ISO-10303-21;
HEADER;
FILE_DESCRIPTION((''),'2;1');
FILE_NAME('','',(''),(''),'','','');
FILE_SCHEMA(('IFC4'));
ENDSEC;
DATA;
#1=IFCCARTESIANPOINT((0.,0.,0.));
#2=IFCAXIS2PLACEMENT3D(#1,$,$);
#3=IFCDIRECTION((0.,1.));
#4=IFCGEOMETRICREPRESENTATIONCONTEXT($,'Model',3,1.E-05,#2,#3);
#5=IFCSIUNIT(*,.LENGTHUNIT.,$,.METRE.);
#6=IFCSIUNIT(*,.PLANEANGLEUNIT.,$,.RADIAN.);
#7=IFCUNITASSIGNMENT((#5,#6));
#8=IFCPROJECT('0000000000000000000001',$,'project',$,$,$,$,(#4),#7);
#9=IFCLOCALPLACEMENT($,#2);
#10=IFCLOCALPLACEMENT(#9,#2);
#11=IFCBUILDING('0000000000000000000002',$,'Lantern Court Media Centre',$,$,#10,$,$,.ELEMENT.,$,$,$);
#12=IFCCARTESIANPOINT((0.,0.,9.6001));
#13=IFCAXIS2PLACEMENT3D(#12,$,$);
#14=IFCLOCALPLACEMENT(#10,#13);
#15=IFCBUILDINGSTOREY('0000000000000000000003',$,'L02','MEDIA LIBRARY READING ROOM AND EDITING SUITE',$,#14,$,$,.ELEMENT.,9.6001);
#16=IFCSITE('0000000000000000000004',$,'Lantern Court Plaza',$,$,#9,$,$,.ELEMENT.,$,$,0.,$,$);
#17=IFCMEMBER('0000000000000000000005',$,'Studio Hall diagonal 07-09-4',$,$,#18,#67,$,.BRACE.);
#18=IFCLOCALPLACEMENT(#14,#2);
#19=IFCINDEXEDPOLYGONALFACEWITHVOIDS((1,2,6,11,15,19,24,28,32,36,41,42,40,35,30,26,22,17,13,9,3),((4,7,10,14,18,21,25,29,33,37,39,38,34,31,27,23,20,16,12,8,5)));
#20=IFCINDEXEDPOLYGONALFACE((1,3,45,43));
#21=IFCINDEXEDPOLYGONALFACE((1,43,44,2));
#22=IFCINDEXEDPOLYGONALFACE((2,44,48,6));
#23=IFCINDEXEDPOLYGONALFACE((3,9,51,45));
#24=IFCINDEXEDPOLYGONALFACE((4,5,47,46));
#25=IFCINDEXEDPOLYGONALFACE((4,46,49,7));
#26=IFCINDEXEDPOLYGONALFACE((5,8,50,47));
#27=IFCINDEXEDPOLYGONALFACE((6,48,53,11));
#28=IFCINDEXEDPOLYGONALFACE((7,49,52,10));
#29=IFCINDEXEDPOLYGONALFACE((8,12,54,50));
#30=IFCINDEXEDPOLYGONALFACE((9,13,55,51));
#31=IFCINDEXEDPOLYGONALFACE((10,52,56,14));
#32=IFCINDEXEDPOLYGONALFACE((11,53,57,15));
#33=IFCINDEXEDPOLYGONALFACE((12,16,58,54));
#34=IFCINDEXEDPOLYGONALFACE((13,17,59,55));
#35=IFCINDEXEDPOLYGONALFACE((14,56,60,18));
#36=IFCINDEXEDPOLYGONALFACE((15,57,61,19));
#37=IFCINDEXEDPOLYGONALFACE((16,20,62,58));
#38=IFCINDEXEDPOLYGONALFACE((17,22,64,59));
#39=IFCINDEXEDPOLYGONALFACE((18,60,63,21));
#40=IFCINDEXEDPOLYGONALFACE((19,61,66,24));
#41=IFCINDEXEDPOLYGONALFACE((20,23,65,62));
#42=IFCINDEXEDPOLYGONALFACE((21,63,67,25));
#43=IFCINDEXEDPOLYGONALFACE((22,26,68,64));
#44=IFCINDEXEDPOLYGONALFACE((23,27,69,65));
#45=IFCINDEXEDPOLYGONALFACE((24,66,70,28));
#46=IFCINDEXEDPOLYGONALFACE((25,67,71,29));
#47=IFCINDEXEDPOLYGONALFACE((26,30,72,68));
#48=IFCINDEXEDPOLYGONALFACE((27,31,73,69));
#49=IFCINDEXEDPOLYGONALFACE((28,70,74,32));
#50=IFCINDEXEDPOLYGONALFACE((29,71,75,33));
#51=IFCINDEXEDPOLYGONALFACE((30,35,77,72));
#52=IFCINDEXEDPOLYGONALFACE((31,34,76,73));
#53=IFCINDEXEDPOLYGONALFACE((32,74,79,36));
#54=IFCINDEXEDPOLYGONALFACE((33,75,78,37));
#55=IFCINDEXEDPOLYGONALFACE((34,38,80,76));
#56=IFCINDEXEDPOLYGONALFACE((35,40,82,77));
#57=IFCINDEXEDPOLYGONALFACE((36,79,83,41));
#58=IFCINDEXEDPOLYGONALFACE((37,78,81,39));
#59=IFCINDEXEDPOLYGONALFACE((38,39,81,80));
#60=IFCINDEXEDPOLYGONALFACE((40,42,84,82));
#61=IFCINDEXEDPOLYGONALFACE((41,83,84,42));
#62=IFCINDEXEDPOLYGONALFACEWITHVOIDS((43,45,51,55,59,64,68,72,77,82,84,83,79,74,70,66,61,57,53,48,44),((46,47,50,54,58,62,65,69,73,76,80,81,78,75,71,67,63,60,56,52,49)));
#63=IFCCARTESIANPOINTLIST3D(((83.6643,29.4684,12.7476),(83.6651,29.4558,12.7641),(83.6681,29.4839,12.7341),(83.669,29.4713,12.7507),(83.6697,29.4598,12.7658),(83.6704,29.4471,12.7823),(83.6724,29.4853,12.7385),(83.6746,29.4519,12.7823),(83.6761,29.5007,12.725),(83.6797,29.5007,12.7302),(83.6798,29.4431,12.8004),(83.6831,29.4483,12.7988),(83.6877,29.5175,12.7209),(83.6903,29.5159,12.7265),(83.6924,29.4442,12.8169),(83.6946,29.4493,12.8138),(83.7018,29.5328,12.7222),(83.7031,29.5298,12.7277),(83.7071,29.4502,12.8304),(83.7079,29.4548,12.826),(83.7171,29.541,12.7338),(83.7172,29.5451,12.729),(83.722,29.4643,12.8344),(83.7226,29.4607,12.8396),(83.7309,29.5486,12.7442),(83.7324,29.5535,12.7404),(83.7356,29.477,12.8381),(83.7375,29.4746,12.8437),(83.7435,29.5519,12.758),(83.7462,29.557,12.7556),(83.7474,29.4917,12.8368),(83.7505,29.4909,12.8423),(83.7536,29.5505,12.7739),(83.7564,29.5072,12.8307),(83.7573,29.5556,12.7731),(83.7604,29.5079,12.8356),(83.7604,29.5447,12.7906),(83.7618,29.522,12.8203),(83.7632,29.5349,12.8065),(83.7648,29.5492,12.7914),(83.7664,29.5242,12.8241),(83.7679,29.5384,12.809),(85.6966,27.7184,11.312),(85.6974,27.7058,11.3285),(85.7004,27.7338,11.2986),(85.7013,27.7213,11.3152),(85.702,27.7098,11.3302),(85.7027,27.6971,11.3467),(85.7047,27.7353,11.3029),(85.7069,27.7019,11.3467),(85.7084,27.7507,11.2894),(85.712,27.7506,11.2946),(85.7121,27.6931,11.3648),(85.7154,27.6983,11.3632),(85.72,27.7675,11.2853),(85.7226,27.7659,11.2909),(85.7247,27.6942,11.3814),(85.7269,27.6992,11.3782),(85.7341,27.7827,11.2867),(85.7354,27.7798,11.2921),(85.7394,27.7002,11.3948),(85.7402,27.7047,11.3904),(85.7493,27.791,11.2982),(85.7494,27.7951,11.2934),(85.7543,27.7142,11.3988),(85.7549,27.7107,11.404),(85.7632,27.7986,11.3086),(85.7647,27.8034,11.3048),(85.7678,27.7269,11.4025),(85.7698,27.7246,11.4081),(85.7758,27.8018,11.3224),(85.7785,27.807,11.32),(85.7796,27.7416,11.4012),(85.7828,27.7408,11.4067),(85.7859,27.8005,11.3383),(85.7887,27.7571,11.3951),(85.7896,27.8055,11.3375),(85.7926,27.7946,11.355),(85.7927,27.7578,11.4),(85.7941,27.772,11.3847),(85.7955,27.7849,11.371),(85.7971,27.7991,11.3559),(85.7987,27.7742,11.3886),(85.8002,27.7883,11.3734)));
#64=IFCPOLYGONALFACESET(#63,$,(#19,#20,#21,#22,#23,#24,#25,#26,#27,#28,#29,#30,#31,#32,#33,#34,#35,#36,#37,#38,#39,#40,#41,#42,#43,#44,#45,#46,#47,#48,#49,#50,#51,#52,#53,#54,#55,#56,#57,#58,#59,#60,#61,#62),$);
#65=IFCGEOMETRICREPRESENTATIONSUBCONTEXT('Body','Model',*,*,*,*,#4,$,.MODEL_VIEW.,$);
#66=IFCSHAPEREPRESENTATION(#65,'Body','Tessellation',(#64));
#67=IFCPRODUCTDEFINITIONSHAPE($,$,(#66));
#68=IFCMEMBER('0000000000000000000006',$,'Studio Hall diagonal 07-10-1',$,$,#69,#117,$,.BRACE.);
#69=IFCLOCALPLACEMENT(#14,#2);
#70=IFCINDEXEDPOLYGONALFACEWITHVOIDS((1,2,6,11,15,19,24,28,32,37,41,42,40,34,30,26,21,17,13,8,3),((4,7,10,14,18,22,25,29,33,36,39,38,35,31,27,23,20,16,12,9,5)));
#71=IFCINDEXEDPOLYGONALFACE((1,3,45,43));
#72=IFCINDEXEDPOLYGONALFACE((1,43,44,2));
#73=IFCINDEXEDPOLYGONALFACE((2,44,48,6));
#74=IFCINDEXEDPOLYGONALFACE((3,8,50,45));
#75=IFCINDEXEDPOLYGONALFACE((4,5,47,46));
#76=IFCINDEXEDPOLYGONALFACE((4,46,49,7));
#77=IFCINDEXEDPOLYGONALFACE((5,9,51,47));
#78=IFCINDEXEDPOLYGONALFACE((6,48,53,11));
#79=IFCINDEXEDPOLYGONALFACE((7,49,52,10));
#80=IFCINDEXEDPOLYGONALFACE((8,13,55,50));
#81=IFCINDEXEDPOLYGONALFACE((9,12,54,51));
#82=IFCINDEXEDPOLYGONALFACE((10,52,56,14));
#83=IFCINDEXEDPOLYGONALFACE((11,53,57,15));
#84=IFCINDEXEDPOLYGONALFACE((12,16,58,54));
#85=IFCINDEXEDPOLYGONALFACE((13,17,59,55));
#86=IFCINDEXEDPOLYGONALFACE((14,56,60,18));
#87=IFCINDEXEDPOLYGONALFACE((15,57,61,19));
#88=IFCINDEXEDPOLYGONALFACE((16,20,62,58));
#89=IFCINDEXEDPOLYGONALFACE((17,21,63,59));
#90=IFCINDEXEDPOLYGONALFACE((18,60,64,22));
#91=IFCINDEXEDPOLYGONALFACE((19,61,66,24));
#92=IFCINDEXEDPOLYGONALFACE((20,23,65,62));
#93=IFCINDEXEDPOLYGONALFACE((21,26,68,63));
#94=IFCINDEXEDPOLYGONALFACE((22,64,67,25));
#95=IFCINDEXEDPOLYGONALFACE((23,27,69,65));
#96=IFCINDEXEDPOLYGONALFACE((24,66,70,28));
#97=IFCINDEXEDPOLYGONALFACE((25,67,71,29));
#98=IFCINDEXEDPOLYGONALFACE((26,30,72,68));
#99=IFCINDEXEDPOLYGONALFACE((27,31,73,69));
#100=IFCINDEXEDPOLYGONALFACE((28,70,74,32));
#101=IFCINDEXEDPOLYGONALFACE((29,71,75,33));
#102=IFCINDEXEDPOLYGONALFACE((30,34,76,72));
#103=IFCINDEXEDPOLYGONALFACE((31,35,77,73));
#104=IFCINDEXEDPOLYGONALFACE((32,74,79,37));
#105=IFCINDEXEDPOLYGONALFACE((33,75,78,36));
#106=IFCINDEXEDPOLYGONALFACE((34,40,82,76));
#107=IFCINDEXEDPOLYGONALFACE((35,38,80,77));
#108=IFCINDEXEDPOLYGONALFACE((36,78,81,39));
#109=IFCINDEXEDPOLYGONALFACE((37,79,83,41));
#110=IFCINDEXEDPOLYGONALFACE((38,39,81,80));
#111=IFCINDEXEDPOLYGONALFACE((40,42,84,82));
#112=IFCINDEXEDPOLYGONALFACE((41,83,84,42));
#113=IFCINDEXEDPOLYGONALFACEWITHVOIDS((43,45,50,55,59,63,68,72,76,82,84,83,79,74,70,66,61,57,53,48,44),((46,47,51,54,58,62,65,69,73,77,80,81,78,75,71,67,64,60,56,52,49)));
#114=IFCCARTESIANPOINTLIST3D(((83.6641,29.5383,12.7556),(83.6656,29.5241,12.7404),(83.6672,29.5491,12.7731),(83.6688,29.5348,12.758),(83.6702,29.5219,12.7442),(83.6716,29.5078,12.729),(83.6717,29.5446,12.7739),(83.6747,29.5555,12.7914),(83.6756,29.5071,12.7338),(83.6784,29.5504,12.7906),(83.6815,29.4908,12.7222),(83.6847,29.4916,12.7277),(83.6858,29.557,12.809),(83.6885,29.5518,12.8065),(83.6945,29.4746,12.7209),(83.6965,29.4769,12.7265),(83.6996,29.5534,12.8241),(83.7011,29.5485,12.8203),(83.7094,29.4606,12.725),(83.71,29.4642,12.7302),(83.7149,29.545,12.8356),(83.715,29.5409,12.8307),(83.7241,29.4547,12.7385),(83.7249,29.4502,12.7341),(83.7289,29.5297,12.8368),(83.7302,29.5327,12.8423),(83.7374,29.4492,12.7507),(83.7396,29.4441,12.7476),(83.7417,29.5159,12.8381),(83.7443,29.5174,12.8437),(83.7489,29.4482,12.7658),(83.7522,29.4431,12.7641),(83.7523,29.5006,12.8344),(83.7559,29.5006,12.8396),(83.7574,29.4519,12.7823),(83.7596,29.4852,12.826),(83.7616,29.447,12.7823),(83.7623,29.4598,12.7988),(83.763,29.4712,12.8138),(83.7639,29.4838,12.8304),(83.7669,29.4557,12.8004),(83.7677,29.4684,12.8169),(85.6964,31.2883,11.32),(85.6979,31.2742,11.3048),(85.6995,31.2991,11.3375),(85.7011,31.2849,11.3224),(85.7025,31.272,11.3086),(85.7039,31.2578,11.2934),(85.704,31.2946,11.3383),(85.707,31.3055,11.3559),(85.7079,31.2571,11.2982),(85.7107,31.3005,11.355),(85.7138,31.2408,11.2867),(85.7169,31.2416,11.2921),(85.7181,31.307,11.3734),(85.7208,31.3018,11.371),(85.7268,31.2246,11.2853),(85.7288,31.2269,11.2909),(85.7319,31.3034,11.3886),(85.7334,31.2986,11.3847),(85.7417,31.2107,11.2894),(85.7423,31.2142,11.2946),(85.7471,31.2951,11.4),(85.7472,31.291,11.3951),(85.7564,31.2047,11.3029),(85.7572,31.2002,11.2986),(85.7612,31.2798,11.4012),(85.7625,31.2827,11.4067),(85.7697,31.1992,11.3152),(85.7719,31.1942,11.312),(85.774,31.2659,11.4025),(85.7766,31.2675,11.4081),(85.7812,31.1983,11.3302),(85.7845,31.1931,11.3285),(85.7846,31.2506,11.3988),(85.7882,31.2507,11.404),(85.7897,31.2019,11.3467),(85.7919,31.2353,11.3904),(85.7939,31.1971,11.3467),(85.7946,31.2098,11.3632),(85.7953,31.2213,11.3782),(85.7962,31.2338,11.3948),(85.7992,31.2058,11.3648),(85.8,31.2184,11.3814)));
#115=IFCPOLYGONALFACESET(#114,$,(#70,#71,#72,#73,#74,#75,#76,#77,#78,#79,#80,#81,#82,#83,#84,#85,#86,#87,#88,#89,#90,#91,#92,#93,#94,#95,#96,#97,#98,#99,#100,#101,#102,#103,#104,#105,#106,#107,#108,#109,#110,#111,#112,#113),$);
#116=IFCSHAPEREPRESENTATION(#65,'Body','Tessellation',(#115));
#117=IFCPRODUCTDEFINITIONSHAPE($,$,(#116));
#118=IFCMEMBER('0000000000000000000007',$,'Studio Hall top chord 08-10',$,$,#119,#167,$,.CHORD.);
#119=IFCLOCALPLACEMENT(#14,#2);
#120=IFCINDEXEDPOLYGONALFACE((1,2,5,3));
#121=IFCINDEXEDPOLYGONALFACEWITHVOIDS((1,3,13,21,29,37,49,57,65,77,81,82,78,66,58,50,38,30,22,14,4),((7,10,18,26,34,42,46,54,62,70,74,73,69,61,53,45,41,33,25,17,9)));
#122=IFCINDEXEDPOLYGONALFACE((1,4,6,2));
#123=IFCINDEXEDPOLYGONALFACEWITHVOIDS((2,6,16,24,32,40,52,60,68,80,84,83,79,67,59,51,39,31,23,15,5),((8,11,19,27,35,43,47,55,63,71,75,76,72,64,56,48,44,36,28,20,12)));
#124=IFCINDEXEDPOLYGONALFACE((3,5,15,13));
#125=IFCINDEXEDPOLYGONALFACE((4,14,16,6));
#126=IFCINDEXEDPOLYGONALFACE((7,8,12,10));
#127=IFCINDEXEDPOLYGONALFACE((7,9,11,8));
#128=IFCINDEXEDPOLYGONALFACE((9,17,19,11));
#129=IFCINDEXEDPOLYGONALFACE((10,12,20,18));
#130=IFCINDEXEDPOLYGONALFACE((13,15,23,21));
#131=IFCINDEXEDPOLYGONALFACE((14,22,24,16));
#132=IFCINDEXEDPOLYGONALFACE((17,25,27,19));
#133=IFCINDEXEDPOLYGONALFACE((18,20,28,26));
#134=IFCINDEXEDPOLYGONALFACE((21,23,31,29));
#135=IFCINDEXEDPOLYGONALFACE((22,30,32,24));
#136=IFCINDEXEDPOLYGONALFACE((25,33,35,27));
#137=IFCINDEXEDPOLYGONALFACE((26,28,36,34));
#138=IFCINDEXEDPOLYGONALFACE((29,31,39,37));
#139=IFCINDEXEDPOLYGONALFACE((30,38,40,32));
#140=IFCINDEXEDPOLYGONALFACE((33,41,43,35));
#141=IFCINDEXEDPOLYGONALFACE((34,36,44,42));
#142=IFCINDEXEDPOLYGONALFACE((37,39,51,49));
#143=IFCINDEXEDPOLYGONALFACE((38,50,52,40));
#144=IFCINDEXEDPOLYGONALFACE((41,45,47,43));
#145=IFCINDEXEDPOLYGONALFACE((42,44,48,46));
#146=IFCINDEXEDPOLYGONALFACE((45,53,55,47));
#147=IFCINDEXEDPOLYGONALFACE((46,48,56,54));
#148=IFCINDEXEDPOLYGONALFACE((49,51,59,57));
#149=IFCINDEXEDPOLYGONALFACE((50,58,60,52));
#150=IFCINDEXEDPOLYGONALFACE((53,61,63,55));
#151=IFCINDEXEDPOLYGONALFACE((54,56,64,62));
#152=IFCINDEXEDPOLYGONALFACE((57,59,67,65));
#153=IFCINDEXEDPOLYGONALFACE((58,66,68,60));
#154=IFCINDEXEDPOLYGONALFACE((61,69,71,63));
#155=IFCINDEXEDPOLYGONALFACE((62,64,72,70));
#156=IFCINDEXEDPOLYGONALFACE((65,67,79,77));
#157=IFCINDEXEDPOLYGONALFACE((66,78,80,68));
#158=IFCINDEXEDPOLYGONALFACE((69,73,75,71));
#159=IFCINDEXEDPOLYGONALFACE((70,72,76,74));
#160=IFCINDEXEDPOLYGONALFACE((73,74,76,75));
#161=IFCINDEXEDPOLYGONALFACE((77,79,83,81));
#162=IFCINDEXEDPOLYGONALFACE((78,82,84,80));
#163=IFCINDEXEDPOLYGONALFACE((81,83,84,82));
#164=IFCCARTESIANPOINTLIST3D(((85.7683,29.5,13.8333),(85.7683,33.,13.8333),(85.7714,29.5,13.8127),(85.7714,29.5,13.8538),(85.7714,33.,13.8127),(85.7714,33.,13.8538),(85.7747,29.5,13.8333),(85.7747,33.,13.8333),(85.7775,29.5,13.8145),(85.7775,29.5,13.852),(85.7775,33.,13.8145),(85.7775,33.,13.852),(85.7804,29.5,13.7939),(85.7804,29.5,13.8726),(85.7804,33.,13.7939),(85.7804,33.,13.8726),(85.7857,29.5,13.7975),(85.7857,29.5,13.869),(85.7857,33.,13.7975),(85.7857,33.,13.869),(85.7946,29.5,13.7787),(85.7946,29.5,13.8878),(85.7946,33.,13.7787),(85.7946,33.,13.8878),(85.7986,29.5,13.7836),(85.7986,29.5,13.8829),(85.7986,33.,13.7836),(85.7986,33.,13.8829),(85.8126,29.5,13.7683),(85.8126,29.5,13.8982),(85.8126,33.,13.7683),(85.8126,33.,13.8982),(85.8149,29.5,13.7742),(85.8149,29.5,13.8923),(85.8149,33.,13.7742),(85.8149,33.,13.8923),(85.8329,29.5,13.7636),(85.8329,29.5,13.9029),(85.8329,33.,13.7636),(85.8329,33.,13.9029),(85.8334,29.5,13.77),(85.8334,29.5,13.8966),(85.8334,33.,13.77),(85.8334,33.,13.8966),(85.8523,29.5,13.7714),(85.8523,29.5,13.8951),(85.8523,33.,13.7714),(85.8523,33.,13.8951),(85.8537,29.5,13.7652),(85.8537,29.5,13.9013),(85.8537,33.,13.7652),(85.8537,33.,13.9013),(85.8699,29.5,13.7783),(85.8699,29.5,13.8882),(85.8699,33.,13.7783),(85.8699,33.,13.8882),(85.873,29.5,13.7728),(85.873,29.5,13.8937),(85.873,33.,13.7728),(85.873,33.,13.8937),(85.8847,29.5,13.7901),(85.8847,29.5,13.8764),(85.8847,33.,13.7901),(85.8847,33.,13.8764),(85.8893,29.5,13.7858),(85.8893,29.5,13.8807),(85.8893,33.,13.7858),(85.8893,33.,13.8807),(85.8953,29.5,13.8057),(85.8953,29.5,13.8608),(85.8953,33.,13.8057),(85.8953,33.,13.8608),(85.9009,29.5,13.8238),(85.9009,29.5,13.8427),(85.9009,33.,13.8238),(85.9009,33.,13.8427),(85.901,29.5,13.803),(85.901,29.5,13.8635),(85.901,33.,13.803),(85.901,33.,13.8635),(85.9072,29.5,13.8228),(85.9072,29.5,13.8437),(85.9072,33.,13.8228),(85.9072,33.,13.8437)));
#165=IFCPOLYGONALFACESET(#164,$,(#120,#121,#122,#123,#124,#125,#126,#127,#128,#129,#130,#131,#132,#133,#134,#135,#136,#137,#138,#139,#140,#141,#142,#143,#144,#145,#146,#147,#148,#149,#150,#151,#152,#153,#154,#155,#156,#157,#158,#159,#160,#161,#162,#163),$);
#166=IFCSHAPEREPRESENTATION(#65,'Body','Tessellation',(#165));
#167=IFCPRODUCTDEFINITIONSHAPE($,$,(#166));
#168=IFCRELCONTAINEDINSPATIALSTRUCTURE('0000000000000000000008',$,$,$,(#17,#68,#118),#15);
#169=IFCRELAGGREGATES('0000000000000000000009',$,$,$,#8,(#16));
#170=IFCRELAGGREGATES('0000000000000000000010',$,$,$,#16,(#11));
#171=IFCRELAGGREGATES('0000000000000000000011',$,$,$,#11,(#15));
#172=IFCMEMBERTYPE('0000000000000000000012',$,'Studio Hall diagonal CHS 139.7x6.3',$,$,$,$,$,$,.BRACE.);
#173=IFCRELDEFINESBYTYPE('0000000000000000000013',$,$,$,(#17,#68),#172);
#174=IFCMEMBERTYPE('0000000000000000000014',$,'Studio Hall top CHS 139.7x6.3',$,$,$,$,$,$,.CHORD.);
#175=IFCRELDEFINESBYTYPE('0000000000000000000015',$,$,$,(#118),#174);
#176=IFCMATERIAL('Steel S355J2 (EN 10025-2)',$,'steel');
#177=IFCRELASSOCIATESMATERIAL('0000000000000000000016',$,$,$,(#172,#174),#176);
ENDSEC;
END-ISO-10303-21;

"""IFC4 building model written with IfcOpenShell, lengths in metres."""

from ifc_helpers import new_model, si_unit, direction, frame, origin, origin_2d, place, context, subcontext, project, spatial, hollow_circle, extrude, material, material_profile, profile_set, type_object, element, save


model = new_model("IFC4")

# Units and contexts
model_context = context("Model", 3, precision=1e-05, world=origin(), true_north=direction((0.0, 1.0)))
body_context = subcontext(model_context, "Body", "Model", "MODEL_VIEW")
ifc_project = project(units=[si_unit("LENGTHUNIT", "METRE"), si_unit("PLANEANGLEUNIT", "RADIAN")], contexts=[model_context])

# Site, building, storey
site_placement = place(None, origin())
site = spatial("IfcSite", under=ifc_project, at=site_placement, Name="Lantern Court Plaza", CompositionType="ELEMENT", RefElevation=0.0)
building_placement = place(site_placement, origin())
building = spatial("IfcBuilding", under=site, at=building_placement, Name="Lantern Court Media Centre", CompositionType="ELEMENT")
storey_placement = place(building_placement, frame((0.0, 0.0, 9.6001)))
storey = spatial("IfcBuildingStorey", under=building, at=storey_placement, Name="L02", Description="MEDIA LIBRARY READING ROOM AND EDITING SUITE", CompositionType="ELEMENT", Elevation=9.6001)

# Members
ifc_material = material(Name="Steel S355J2 (EN 10025-2)", Category="steel")
ifc_material_profile_1 = material_profile(ifc_material, hollow_circle(Radius=0.0698, WallThickness=0.0063, at=origin_2d()), Name="Studio Hall diagonal CHS 139.7x6.3")
ifc_profile_set_1 = profile_set([ifc_material_profile_1], Name="Steel S355J2 (EN 10025-2)")
member_type_1 = type_object("IfcMemberType", Name="Studio Hall diagonal CHS 139.7x6.3", PredefinedType="BRACE", material=ifc_profile_set_1)
for number, where, z_axis, x_axis, name in (
    (1, (85.7483, 27.75, 11.3467), (-0.668075, 0.575296, 0.471922), (-0.652529, -0.757764, 0.0), "Studio Hall diagonal 07-09-4"),
    (2, (85.7483, 31.25, 11.3467), (-0.668075, -0.575296, 0.471922), (0.652529, -0.757764, 0.0), "Studio Hall diagonal 07-10-1"),
):
    element("IfcMember", number, at=place(storey_placement, frame(where, z_axis=z_axis, x_axis=x_axis)), inside=storey, type_object=member_type_1, Name=name, PredefinedType="BRACE", context=body_context, shape_type="SweptSolid", body=[
        extrude(hollow_circle(Radius=0.0698, WallThickness=0.0063, at=origin_2d()), origin(), (0.0, 0.0, 1.0), 3.042),
    ])
ifc_material_profile_2 = material_profile(ifc_material, hollow_circle(Radius=0.0698, WallThickness=0.0063, at=origin_2d()), Name="Studio Hall top CHS 139.7x6.3")
ifc_profile_set_2 = profile_set([ifc_material_profile_2], Name="Steel S355J2 (EN 10025-2)")
member_type_2 = type_object("IfcMemberType", Name="Studio Hall top CHS 139.7x6.3", PredefinedType="CHORD", material=ifc_profile_set_2)
for number, where, z_axis, x_axis, name in (
    (3, (85.8381, 29.5, 13.8333), (0.0, 1.0, 0.0), (-1.0, 0.0, 0.0), "Studio Hall top chord 08-10"),
):
    element("IfcMember", number, at=place(storey_placement, frame(where, z_axis=z_axis, x_axis=x_axis)), inside=storey, type_object=member_type_2, Name=name, PredefinedType="CHORD", context=body_context, shape_type="SweptSolid", body=[
        extrude(hollow_circle(Radius=0.0698, WallThickness=0.0063, at=origin_2d()), origin(), (0.0, 0.0, 1.0), 3.5),
    ])

save(model, "model.ifc")
